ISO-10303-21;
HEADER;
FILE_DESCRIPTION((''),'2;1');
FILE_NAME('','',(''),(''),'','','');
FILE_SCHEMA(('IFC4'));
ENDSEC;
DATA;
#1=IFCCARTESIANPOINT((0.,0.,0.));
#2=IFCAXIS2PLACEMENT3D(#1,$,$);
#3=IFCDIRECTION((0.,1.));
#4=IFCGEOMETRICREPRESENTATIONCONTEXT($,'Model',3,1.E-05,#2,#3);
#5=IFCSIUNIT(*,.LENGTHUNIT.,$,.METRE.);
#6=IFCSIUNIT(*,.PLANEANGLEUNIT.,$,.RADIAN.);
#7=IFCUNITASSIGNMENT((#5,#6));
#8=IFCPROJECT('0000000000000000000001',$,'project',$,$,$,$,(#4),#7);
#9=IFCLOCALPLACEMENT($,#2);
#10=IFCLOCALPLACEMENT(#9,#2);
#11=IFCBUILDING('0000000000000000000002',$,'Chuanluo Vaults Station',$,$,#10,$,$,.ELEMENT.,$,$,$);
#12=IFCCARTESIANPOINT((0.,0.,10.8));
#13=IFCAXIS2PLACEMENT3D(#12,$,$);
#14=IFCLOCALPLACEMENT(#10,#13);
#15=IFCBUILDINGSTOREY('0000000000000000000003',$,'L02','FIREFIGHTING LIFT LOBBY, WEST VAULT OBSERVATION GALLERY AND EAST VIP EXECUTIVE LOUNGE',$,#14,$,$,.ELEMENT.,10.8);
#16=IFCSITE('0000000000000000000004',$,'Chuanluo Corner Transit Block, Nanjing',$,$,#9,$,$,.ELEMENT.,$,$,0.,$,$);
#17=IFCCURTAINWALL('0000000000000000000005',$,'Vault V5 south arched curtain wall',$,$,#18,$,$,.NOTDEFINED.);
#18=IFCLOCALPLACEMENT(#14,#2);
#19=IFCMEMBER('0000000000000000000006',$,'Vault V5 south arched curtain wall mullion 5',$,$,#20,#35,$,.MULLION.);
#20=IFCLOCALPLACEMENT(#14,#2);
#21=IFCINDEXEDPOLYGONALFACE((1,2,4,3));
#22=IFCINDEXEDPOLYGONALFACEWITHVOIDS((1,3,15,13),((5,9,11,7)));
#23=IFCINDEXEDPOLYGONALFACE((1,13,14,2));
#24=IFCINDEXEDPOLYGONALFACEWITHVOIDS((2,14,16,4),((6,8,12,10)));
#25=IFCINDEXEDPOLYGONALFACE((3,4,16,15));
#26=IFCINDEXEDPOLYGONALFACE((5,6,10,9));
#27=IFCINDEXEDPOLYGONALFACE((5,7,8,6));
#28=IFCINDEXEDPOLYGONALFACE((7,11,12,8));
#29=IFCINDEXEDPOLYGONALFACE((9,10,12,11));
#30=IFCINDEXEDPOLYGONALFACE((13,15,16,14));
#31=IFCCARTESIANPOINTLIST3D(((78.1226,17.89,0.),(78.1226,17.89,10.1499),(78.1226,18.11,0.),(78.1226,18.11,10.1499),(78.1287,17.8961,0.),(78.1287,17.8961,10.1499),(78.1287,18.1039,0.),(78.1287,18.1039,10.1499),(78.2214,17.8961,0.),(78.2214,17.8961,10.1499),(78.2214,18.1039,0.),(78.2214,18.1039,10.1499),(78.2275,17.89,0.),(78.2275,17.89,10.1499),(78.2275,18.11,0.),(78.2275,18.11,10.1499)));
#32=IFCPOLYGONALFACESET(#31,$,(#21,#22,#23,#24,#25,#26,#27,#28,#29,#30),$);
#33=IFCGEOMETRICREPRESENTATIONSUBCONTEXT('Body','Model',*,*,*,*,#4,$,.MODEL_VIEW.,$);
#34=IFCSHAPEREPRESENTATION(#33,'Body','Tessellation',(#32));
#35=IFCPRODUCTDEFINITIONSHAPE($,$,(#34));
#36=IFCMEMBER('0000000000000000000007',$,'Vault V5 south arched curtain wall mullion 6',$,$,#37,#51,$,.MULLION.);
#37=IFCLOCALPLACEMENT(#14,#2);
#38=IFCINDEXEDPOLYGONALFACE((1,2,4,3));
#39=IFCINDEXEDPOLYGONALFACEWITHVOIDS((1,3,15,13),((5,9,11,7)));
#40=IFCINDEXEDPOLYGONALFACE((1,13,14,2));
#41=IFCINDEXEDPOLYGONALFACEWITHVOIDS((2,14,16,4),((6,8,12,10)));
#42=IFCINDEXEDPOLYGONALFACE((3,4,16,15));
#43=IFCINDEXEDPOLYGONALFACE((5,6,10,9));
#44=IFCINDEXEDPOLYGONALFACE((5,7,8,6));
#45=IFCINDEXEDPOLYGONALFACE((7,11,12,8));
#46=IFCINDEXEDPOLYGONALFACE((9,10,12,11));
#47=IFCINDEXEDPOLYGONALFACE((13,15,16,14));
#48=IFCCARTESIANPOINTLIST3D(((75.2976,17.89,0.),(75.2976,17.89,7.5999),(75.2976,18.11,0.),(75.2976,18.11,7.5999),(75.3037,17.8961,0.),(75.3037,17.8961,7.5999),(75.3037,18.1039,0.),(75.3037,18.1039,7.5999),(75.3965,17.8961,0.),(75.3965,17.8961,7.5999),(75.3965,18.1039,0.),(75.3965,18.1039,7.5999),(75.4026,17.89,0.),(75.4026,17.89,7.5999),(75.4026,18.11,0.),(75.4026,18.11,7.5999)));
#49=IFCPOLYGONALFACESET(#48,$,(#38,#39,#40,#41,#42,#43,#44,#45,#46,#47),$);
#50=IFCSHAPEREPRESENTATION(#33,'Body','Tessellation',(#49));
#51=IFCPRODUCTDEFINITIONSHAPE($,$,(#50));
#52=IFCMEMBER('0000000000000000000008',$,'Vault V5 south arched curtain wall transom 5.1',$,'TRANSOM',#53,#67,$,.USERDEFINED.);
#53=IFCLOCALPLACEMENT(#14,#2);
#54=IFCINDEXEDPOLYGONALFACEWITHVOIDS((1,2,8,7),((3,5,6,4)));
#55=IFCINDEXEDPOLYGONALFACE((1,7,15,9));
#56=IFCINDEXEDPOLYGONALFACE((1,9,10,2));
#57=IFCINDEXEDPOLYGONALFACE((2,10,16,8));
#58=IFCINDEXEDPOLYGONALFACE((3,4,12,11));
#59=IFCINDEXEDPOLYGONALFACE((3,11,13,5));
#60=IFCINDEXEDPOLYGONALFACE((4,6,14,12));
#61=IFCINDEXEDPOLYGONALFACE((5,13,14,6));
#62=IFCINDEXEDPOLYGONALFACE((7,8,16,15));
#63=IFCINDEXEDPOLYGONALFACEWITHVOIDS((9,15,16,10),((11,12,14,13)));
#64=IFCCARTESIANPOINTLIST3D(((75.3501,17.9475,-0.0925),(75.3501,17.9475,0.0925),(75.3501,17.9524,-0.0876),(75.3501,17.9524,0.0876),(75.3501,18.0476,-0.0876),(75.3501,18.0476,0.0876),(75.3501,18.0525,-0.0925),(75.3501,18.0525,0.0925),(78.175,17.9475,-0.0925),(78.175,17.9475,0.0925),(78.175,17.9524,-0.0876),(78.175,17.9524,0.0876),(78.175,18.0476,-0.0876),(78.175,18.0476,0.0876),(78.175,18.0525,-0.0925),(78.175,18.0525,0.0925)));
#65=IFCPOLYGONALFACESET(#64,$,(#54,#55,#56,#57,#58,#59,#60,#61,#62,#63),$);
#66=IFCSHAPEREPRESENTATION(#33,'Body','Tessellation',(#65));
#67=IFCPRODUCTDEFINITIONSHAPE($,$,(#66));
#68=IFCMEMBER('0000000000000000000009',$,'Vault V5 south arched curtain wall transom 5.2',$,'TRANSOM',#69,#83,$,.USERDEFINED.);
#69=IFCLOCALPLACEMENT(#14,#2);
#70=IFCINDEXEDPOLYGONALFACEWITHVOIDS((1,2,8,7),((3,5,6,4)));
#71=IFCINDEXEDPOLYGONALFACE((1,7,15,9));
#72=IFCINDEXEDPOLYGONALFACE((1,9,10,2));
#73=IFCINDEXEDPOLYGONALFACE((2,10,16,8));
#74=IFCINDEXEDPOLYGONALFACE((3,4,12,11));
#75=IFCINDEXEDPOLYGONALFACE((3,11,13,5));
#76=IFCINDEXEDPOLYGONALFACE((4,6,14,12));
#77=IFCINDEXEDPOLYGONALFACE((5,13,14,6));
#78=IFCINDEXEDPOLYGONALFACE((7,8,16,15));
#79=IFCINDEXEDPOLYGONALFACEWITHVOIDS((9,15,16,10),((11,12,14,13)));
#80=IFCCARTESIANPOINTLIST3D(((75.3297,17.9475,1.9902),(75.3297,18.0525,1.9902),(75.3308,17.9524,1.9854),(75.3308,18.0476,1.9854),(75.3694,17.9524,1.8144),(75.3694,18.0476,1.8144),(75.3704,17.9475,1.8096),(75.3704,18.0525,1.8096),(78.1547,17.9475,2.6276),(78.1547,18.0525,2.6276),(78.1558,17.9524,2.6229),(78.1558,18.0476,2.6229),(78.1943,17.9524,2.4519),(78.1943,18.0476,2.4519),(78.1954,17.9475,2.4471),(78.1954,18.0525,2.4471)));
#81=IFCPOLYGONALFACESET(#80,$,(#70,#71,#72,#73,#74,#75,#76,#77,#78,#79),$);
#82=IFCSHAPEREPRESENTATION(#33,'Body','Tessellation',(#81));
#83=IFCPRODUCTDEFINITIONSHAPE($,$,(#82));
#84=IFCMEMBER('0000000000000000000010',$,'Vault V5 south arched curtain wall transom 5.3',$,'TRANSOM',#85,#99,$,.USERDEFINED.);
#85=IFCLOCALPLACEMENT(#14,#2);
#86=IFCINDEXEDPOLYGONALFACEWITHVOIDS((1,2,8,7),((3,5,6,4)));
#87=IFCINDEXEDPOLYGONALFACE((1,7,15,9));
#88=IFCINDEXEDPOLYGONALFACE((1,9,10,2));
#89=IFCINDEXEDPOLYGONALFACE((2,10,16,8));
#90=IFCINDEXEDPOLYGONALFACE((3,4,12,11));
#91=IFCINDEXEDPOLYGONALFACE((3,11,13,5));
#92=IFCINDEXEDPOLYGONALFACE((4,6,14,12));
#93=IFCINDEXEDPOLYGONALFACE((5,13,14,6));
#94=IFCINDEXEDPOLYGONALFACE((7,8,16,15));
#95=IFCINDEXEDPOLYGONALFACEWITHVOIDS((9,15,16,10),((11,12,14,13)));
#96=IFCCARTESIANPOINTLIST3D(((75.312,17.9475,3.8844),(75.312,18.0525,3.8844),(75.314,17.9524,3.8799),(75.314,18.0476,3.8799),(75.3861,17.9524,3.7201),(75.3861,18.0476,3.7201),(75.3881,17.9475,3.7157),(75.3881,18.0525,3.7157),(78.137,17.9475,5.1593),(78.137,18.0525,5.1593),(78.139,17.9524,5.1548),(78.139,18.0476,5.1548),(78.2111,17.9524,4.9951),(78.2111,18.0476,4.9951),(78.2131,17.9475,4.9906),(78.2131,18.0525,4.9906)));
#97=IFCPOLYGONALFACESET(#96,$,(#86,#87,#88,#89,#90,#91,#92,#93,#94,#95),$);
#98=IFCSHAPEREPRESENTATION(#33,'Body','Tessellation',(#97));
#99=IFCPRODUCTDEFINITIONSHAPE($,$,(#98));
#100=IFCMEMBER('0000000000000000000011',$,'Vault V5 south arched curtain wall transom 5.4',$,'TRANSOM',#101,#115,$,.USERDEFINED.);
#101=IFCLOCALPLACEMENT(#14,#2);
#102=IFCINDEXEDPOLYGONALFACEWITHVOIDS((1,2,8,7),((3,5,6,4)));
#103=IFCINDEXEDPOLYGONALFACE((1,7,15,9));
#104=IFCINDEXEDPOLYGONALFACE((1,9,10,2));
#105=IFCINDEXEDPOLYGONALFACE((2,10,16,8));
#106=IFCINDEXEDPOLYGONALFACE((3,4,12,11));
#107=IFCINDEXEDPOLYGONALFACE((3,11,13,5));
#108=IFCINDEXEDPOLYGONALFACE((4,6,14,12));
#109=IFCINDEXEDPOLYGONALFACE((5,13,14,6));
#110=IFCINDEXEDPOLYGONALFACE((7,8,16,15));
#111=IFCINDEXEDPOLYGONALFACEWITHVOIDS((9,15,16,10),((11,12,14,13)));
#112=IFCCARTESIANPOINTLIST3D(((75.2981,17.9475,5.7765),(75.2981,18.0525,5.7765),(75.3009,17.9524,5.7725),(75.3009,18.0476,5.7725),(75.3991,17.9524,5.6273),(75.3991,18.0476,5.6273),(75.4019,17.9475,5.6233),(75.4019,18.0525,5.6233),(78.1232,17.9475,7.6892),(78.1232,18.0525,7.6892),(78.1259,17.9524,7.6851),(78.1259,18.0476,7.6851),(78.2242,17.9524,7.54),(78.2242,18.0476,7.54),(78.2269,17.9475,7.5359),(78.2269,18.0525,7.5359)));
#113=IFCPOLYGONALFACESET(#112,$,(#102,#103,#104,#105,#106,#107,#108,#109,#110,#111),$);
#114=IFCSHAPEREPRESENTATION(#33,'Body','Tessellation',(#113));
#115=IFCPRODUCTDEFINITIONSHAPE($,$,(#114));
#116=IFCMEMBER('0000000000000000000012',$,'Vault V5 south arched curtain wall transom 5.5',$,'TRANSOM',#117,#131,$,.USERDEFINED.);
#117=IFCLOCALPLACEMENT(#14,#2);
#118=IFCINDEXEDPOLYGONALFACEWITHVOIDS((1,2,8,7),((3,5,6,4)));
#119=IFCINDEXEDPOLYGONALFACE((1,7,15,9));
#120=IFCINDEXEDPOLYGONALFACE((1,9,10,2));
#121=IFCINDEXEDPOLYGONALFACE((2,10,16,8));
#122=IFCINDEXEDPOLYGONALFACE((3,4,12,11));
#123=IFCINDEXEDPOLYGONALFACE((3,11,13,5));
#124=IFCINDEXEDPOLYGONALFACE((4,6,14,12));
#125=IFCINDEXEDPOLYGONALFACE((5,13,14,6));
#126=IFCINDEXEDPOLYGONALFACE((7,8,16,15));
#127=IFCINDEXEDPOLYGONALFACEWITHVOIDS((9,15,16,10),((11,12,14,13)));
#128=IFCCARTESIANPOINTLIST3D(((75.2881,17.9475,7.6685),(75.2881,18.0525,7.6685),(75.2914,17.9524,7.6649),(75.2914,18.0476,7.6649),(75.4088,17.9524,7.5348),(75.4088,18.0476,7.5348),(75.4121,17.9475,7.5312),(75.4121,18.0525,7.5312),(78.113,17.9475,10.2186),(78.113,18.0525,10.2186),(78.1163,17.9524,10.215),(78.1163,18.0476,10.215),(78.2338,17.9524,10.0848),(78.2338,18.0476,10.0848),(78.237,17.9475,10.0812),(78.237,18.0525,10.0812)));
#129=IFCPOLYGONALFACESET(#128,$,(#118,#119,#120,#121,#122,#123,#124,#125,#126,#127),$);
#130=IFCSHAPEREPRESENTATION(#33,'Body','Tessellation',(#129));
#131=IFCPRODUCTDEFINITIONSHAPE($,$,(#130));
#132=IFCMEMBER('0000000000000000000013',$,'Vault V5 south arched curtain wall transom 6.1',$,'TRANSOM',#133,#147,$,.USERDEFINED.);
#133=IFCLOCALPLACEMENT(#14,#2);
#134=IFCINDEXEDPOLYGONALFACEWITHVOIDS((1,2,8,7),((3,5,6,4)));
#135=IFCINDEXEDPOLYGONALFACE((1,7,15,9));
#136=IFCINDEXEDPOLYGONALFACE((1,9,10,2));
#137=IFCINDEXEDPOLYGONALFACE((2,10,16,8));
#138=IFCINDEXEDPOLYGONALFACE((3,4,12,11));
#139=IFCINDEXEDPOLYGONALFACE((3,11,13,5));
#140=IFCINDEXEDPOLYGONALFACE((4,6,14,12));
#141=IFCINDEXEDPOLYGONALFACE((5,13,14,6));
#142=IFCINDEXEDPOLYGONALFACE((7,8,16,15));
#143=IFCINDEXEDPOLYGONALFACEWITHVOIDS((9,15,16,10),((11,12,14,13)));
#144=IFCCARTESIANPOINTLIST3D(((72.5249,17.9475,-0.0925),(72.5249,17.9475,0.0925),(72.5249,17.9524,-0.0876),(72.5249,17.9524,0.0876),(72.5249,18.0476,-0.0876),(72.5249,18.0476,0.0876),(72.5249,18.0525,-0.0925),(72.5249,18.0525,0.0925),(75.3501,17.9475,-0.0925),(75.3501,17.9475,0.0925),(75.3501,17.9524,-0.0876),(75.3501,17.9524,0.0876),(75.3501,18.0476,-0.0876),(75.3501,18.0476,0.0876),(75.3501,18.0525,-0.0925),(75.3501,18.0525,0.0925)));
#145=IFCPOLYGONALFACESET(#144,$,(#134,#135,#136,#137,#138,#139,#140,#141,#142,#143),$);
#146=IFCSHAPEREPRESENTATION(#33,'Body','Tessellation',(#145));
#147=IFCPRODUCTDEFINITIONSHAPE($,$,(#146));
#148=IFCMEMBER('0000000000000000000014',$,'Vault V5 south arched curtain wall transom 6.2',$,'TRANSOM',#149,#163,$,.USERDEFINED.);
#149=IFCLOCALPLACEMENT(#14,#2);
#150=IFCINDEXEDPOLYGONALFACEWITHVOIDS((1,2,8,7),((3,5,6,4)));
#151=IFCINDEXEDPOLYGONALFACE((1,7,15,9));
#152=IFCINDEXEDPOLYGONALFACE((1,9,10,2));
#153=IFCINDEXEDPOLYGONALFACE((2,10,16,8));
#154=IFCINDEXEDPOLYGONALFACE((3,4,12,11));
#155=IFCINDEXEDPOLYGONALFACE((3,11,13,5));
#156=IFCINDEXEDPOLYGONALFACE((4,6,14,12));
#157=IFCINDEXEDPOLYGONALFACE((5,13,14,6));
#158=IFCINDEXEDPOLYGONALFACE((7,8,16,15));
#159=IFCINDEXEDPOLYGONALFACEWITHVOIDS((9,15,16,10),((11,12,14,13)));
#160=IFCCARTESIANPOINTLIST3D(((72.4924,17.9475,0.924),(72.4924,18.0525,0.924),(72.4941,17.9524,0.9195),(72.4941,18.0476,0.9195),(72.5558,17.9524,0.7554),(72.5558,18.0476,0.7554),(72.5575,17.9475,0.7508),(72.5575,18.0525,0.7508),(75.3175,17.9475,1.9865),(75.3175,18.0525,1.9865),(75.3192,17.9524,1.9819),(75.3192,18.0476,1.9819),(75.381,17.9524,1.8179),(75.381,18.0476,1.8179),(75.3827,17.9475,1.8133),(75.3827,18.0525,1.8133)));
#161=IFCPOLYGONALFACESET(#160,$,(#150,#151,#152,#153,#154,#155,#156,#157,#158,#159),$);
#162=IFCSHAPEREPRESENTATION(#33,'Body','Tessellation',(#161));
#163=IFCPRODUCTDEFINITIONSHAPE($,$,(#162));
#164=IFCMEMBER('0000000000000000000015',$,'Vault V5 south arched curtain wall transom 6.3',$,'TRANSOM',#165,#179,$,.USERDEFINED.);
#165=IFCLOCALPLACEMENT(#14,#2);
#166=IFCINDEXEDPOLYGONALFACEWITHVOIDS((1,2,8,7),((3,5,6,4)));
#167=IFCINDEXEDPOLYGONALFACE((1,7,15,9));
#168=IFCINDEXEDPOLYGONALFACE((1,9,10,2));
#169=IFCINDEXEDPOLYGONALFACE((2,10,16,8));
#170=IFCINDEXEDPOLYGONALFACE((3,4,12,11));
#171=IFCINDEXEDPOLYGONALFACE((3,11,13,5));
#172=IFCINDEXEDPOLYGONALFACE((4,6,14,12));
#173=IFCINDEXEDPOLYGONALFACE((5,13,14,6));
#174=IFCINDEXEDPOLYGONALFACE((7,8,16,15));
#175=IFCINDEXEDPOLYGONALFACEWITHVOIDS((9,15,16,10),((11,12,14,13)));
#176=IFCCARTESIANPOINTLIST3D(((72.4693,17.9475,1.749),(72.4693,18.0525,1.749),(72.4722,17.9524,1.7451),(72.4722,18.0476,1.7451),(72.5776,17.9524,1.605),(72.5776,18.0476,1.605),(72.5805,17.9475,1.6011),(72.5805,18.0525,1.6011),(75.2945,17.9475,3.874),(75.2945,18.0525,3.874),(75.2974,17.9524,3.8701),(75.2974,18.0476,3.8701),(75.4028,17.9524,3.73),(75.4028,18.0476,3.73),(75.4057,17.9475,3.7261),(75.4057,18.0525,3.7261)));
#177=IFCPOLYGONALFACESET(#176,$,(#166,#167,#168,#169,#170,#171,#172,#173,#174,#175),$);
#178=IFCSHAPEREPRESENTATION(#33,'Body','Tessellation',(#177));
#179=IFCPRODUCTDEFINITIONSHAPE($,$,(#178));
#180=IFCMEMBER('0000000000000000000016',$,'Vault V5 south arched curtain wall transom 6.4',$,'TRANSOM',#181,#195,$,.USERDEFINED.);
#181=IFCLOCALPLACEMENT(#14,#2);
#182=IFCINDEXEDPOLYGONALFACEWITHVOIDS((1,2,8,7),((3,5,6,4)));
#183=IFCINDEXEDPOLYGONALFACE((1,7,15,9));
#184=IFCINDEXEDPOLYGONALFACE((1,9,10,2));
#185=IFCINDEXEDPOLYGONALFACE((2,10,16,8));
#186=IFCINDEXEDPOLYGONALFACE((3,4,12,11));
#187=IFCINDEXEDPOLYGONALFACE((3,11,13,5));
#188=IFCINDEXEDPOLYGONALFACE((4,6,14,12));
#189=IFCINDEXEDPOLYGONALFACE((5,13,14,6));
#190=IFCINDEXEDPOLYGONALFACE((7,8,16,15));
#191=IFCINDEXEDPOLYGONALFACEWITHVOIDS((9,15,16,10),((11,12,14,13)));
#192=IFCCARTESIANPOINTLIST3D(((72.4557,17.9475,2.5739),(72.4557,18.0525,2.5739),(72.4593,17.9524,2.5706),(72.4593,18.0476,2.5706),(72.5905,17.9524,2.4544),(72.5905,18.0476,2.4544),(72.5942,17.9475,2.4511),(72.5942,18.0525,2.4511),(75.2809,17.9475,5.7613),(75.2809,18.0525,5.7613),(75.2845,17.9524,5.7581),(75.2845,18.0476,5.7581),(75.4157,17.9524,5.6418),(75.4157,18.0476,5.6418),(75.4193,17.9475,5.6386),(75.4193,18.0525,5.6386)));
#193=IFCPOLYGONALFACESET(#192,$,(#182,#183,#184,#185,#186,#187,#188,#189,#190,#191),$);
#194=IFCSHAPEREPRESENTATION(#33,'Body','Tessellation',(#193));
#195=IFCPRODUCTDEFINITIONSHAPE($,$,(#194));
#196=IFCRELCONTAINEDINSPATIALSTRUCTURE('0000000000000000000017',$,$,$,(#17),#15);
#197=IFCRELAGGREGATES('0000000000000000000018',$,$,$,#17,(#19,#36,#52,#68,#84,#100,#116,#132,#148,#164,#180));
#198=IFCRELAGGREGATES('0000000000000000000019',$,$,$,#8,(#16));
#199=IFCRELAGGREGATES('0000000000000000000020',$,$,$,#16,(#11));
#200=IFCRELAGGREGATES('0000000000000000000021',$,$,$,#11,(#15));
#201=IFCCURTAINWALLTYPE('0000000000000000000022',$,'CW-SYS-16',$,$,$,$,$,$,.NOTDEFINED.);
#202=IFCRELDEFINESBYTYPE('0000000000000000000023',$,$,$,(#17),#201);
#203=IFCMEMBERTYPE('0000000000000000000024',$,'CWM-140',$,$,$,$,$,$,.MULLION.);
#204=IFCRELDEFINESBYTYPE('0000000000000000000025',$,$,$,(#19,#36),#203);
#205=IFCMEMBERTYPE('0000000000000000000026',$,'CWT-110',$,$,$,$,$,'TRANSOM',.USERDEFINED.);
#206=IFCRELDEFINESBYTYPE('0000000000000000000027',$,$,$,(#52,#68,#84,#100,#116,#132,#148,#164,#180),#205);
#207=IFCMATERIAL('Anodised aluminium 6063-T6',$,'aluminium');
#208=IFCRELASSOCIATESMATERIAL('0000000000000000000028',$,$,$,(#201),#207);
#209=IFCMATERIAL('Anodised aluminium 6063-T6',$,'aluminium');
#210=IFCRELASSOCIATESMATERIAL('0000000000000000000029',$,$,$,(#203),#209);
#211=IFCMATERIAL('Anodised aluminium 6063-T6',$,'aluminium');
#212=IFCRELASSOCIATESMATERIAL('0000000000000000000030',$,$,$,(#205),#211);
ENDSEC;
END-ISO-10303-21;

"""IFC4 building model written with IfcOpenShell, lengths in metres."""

from ifc_helpers import new_model, si_unit, direction, frame, origin, origin_2d, place, context, subcontext, project, spatial, hollow_rectangle, extrude, material, material_profile, profile_set, type_object, element, aggregate, save


model = new_model("IFC4")

# Units and contexts
model_context = context("Model", 3, precision=1e-05, world=origin(), true_north=direction((0.0, 1.0)))
body_context = subcontext(model_context, "Body", "Model", "MODEL_VIEW")
ifc_project = project(units=[si_unit("LENGTHUNIT", "METRE"), si_unit("PLANEANGLEUNIT", "RADIAN")], contexts=[model_context])

# Site, building, storey
site_placement = place(None, origin())
site = spatial("IfcSite", under=ifc_project, at=site_placement, Name="Chuanluo Corner Transit Block, Nanjing", CompositionType="ELEMENT", RefElevation=0.0)
building_placement = place(site_placement, origin())
building = spatial("IfcBuilding", under=site, at=building_placement, Name="Chuanluo Vaults Station", CompositionType="ELEMENT")
storey_placement = place(building_placement, frame((0.0, 0.0, 10.8)))
storey = spatial("IfcBuildingStorey", under=building, at=storey_placement, Name="L02", Description="FIREFIGHTING LIFT LOBBY, WEST VAULT OBSERVATION GALLERY AND EAST VIP EXECUTIVE LOUNGE", CompositionType="ELEMENT", Elevation=10.8)

# Curtain wall, members
ifc_material_1 = material(Name="Anodised aluminium 6063-T6", Category="aluminium")
curtain_wall_type = type_object("IfcCurtainWallType", Name="CW-SYS-16", PredefinedType="NOTDEFINED", material=ifc_material_1)
curtain_wall_placement = place(storey_placement, origin())
curtain_wall = element("IfcCurtainWall", 1, at=curtain_wall_placement, inside=storey, type_object=curtain_wall_type, Name="Vault V5 south arched curtain wall", PredefinedType="NOTDEFINED")
ifc_material_2 = material(Name="Anodised aluminium 6063-T6", Category="aluminium")
ifc_material_profile_1 = material_profile(ifc_material_2, hollow_rectangle(XDim=0.105, YDim=0.22, WallThickness=0.0061, at=origin_2d()))
ifc_profile_set_1 = profile_set([ifc_material_profile_1], Name="Anodised aluminium 6063-T6")
member_type_1 = type_object("IfcMemberType", Name="CWM-140", PredefinedType="MULLION", material=ifc_profile_set_1)
member_1_placement = place(storey_placement, frame((78.175, 18.0, 0.0), z_axis=(0.0, 0.0, 1.0), x_axis=(-1.0, 0.0, 0.0)))
member_1 = element("IfcMember", 2, at=member_1_placement, type_object=member_type_1, Name="Vault V5 south arched curtain wall mullion 5", PredefinedType="MULLION", context=body_context, shape_type="SweptSolid", body=[
    extrude(hollow_rectangle(XDim=0.105, YDim=0.22, WallThickness=0.0061, at=origin_2d()), origin(), (0.0, 0.0, 1.0), 10.1499),
])
member_2_placement = place(storey_placement, frame((75.3501, 18.0, 0.0), z_axis=(0.0, 0.0, 1.0), x_axis=(-1.0, 0.0, 0.0)))
member_2 = element("IfcMember", 3, at=member_2_placement, type_object=member_type_1, Name="Vault V5 south arched curtain wall mullion 6", PredefinedType="MULLION", context=body_context, shape_type="SweptSolid", body=[
    extrude(hollow_rectangle(XDim=0.105, YDim=0.22, WallThickness=0.0061, at=origin_2d()), origin(), (0.0, 0.0, 1.0), 7.5999),
])
ifc_material_3 = material(Name="Anodised aluminium 6063-T6", Category="aluminium")
ifc_material_profile_2 = material_profile(ifc_material_3, hollow_rectangle(XDim=0.105, YDim=0.1851, WallThickness=0.0049, at=origin_2d()))
ifc_profile_set_2 = profile_set([ifc_material_profile_2], Name="Anodised aluminium 6063-T6")
member_type_2 = type_object("IfcMemberType", Name="CWT-110", ElementType="TRANSOM", PredefinedType="USERDEFINED", material=ifc_profile_set_2)
member_3_placement = place(storey_placement, frame((78.175, 18.0, 0.0), z_axis=(-1.0, 0.0, 0.0), x_axis=(0.0, -1.0, 0.0)))
member_3 = element("IfcMember", 4, at=member_3_placement, type_object=member_type_2, Name="Vault V5 south arched curtain wall transom 5.1", ObjectType="TRANSOM", PredefinedType="USERDEFINED", context=body_context, shape_type="SweptSolid", body=[
    extrude(hollow_rectangle(XDim=0.105, YDim=0.1851, WallThickness=0.0049, at=origin_2d()), origin(), (0.0, 0.0, 1.0), 2.825),
])
member_4_placement = place(storey_placement, frame((78.175, 18.0, 2.5374), z_axis=(-0.975474, 0.0, -0.220116), x_axis=(0.0, -1.0, 0.0)))
member_4 = element("IfcMember", 5, at=member_4_placement, type_object=member_type_2, Name="Vault V5 south arched curtain wall transom 5.2", ObjectType="TRANSOM", PredefinedType="USERDEFINED", context=body_context, shape_type="SweptSolid", body=[
    extrude(hollow_rectangle(XDim=0.105, YDim=0.1851, WallThickness=0.0049, at=origin_2d()), origin(), (0.0, 0.0, 1.0), 2.896),
])
member_5_placement = place(storey_placement, frame((78.175, 18.0, 5.075), z_axis=(-0.911477, 0.0, -0.41135), x_axis=(0.0, -1.0, 0.0)))
member_5 = element("IfcMember", 6, at=member_5_placement, type_object=member_type_2, Name="Vault V5 south arched curtain wall transom 5.3", ObjectType="TRANSOM", PredefinedType="USERDEFINED", context=body_context, shape_type="SweptSolid", body=[
    extrude(hollow_rectangle(XDim=0.105, YDim=0.1851, WallThickness=0.0049, at=origin_2d()), origin(), (0.0, 0.0, 1.0), 3.0994),
])
member_6_placement = place(storey_placement, frame((78.175, 18.0, 7.6125), z_axis=(-0.828066, 0.0, -0.560631), x_axis=(0.0, -1.0, 0.0)))
member_6 = element("IfcMember", 7, at=member_6_placement, type_object=member_type_2, Name="Vault V5 south arched curtain wall transom 5.4", ObjectType="TRANSOM", PredefinedType="USERDEFINED", context=body_context, shape_type="SweptSolid", body=[
    extrude(hollow_rectangle(XDim=0.105, YDim=0.1851, WallThickness=0.0049, at=origin_2d()), origin(), (0.0, 0.0, 1.0), 3.4116),
])
member_7_placement = place(storey_placement, frame((78.175, 18.0, 10.1499), z_axis=(-0.742301, 0.0, -0.670066), x_axis=(0.0, -1.0, 0.0)))
member_7 = element("IfcMember", 8, at=member_7_placement, type_object=member_type_2, Name="Vault V5 south arched curtain wall transom 5.5", ObjectType="TRANSOM", PredefinedType="USERDEFINED", context=body_context, shape_type="SweptSolid", body=[
    extrude(hollow_rectangle(XDim=0.105, YDim=0.1851, WallThickness=0.0049, at=origin_2d()), origin(), (0.0, 0.0, 1.0), 3.8057),
])
member_8_placement = place(storey_placement, frame((75.3501, 18.0, 0.0), z_axis=(-1.0, 0.0, 0.0), x_axis=(0.0, -1.0, 0.0)))
member_8 = element("IfcMember", 9, at=member_8_placement, type_object=member_type_2, Name="Vault V5 south arched curtain wall transom 6.1", ObjectType="TRANSOM", PredefinedType="USERDEFINED", context=body_context, shape_type="SweptSolid", body=[
    extrude(hollow_rectangle(XDim=0.105, YDim=0.1851, WallThickness=0.0049, at=origin_2d()), origin(), (0.0, 0.0, 1.0), 2.8252),
])
member_9_placement = place(storey_placement, frame((75.3501, 18.0, 1.8999), z_axis=(-0.935996, 0.0, -0.35201), x_axis=(0.0, -1.0, 0.0)))
member_9 = element("IfcMember", 10, at=member_9_placement, type_object=member_type_2, Name="Vault V5 south arched curtain wall transom 6.2", ObjectType="TRANSOM", PredefinedType="USERDEFINED", context=body_context, shape_type="SweptSolid", body=[
    extrude(hollow_rectangle(XDim=0.105, YDim=0.1851, WallThickness=0.0049, at=origin_2d()), origin(), (0.0, 0.0, 1.0), 3.0183),
])
member_10_placement = place(storey_placement, frame((75.3501, 18.0, 3.8), z_axis=(-0.799171, 0.0, -0.601104), x_axis=(0.0, -1.0, 0.0)))
member_10 = element("IfcMember", 11, at=member_10_placement, type_object=member_type_2, Name="Vault V5 south arched curtain wall transom 6.3", ObjectType="TRANSOM", PredefinedType="USERDEFINED", context=body_context, shape_type="SweptSolid", body=[
    extrude(hollow_rectangle(XDim=0.105, YDim=0.1851, WallThickness=0.0049, at=origin_2d()), origin(), (0.0, 0.0, 1.0), 3.5352),
])
member_11_placement = place(storey_placement, frame((75.3501, 18.0, 5.7), z_axis=(-0.663296, 0.0, -0.748357), x_axis=(0.0, -1.0, 0.0)))
member_11 = element("IfcMember", 12, at=member_11_placement, type_object=member_type_2, Name="Vault V5 south arched curtain wall transom 6.4", ObjectType="TRANSOM", PredefinedType="USERDEFINED", context=body_context, shape_type="SweptSolid", body=[
    extrude(hollow_rectangle(XDim=0.105, YDim=0.1851, WallThickness=0.0049, at=origin_2d()), origin(), (0.0, 0.0, 1.0), 4.2593),
])
aggregate(curtain_wall, [member_1, member_2, member_3, member_4, member_5, member_6, member_7, member_8, member_9, member_10, member_11])

save(model, "model.ifc")
